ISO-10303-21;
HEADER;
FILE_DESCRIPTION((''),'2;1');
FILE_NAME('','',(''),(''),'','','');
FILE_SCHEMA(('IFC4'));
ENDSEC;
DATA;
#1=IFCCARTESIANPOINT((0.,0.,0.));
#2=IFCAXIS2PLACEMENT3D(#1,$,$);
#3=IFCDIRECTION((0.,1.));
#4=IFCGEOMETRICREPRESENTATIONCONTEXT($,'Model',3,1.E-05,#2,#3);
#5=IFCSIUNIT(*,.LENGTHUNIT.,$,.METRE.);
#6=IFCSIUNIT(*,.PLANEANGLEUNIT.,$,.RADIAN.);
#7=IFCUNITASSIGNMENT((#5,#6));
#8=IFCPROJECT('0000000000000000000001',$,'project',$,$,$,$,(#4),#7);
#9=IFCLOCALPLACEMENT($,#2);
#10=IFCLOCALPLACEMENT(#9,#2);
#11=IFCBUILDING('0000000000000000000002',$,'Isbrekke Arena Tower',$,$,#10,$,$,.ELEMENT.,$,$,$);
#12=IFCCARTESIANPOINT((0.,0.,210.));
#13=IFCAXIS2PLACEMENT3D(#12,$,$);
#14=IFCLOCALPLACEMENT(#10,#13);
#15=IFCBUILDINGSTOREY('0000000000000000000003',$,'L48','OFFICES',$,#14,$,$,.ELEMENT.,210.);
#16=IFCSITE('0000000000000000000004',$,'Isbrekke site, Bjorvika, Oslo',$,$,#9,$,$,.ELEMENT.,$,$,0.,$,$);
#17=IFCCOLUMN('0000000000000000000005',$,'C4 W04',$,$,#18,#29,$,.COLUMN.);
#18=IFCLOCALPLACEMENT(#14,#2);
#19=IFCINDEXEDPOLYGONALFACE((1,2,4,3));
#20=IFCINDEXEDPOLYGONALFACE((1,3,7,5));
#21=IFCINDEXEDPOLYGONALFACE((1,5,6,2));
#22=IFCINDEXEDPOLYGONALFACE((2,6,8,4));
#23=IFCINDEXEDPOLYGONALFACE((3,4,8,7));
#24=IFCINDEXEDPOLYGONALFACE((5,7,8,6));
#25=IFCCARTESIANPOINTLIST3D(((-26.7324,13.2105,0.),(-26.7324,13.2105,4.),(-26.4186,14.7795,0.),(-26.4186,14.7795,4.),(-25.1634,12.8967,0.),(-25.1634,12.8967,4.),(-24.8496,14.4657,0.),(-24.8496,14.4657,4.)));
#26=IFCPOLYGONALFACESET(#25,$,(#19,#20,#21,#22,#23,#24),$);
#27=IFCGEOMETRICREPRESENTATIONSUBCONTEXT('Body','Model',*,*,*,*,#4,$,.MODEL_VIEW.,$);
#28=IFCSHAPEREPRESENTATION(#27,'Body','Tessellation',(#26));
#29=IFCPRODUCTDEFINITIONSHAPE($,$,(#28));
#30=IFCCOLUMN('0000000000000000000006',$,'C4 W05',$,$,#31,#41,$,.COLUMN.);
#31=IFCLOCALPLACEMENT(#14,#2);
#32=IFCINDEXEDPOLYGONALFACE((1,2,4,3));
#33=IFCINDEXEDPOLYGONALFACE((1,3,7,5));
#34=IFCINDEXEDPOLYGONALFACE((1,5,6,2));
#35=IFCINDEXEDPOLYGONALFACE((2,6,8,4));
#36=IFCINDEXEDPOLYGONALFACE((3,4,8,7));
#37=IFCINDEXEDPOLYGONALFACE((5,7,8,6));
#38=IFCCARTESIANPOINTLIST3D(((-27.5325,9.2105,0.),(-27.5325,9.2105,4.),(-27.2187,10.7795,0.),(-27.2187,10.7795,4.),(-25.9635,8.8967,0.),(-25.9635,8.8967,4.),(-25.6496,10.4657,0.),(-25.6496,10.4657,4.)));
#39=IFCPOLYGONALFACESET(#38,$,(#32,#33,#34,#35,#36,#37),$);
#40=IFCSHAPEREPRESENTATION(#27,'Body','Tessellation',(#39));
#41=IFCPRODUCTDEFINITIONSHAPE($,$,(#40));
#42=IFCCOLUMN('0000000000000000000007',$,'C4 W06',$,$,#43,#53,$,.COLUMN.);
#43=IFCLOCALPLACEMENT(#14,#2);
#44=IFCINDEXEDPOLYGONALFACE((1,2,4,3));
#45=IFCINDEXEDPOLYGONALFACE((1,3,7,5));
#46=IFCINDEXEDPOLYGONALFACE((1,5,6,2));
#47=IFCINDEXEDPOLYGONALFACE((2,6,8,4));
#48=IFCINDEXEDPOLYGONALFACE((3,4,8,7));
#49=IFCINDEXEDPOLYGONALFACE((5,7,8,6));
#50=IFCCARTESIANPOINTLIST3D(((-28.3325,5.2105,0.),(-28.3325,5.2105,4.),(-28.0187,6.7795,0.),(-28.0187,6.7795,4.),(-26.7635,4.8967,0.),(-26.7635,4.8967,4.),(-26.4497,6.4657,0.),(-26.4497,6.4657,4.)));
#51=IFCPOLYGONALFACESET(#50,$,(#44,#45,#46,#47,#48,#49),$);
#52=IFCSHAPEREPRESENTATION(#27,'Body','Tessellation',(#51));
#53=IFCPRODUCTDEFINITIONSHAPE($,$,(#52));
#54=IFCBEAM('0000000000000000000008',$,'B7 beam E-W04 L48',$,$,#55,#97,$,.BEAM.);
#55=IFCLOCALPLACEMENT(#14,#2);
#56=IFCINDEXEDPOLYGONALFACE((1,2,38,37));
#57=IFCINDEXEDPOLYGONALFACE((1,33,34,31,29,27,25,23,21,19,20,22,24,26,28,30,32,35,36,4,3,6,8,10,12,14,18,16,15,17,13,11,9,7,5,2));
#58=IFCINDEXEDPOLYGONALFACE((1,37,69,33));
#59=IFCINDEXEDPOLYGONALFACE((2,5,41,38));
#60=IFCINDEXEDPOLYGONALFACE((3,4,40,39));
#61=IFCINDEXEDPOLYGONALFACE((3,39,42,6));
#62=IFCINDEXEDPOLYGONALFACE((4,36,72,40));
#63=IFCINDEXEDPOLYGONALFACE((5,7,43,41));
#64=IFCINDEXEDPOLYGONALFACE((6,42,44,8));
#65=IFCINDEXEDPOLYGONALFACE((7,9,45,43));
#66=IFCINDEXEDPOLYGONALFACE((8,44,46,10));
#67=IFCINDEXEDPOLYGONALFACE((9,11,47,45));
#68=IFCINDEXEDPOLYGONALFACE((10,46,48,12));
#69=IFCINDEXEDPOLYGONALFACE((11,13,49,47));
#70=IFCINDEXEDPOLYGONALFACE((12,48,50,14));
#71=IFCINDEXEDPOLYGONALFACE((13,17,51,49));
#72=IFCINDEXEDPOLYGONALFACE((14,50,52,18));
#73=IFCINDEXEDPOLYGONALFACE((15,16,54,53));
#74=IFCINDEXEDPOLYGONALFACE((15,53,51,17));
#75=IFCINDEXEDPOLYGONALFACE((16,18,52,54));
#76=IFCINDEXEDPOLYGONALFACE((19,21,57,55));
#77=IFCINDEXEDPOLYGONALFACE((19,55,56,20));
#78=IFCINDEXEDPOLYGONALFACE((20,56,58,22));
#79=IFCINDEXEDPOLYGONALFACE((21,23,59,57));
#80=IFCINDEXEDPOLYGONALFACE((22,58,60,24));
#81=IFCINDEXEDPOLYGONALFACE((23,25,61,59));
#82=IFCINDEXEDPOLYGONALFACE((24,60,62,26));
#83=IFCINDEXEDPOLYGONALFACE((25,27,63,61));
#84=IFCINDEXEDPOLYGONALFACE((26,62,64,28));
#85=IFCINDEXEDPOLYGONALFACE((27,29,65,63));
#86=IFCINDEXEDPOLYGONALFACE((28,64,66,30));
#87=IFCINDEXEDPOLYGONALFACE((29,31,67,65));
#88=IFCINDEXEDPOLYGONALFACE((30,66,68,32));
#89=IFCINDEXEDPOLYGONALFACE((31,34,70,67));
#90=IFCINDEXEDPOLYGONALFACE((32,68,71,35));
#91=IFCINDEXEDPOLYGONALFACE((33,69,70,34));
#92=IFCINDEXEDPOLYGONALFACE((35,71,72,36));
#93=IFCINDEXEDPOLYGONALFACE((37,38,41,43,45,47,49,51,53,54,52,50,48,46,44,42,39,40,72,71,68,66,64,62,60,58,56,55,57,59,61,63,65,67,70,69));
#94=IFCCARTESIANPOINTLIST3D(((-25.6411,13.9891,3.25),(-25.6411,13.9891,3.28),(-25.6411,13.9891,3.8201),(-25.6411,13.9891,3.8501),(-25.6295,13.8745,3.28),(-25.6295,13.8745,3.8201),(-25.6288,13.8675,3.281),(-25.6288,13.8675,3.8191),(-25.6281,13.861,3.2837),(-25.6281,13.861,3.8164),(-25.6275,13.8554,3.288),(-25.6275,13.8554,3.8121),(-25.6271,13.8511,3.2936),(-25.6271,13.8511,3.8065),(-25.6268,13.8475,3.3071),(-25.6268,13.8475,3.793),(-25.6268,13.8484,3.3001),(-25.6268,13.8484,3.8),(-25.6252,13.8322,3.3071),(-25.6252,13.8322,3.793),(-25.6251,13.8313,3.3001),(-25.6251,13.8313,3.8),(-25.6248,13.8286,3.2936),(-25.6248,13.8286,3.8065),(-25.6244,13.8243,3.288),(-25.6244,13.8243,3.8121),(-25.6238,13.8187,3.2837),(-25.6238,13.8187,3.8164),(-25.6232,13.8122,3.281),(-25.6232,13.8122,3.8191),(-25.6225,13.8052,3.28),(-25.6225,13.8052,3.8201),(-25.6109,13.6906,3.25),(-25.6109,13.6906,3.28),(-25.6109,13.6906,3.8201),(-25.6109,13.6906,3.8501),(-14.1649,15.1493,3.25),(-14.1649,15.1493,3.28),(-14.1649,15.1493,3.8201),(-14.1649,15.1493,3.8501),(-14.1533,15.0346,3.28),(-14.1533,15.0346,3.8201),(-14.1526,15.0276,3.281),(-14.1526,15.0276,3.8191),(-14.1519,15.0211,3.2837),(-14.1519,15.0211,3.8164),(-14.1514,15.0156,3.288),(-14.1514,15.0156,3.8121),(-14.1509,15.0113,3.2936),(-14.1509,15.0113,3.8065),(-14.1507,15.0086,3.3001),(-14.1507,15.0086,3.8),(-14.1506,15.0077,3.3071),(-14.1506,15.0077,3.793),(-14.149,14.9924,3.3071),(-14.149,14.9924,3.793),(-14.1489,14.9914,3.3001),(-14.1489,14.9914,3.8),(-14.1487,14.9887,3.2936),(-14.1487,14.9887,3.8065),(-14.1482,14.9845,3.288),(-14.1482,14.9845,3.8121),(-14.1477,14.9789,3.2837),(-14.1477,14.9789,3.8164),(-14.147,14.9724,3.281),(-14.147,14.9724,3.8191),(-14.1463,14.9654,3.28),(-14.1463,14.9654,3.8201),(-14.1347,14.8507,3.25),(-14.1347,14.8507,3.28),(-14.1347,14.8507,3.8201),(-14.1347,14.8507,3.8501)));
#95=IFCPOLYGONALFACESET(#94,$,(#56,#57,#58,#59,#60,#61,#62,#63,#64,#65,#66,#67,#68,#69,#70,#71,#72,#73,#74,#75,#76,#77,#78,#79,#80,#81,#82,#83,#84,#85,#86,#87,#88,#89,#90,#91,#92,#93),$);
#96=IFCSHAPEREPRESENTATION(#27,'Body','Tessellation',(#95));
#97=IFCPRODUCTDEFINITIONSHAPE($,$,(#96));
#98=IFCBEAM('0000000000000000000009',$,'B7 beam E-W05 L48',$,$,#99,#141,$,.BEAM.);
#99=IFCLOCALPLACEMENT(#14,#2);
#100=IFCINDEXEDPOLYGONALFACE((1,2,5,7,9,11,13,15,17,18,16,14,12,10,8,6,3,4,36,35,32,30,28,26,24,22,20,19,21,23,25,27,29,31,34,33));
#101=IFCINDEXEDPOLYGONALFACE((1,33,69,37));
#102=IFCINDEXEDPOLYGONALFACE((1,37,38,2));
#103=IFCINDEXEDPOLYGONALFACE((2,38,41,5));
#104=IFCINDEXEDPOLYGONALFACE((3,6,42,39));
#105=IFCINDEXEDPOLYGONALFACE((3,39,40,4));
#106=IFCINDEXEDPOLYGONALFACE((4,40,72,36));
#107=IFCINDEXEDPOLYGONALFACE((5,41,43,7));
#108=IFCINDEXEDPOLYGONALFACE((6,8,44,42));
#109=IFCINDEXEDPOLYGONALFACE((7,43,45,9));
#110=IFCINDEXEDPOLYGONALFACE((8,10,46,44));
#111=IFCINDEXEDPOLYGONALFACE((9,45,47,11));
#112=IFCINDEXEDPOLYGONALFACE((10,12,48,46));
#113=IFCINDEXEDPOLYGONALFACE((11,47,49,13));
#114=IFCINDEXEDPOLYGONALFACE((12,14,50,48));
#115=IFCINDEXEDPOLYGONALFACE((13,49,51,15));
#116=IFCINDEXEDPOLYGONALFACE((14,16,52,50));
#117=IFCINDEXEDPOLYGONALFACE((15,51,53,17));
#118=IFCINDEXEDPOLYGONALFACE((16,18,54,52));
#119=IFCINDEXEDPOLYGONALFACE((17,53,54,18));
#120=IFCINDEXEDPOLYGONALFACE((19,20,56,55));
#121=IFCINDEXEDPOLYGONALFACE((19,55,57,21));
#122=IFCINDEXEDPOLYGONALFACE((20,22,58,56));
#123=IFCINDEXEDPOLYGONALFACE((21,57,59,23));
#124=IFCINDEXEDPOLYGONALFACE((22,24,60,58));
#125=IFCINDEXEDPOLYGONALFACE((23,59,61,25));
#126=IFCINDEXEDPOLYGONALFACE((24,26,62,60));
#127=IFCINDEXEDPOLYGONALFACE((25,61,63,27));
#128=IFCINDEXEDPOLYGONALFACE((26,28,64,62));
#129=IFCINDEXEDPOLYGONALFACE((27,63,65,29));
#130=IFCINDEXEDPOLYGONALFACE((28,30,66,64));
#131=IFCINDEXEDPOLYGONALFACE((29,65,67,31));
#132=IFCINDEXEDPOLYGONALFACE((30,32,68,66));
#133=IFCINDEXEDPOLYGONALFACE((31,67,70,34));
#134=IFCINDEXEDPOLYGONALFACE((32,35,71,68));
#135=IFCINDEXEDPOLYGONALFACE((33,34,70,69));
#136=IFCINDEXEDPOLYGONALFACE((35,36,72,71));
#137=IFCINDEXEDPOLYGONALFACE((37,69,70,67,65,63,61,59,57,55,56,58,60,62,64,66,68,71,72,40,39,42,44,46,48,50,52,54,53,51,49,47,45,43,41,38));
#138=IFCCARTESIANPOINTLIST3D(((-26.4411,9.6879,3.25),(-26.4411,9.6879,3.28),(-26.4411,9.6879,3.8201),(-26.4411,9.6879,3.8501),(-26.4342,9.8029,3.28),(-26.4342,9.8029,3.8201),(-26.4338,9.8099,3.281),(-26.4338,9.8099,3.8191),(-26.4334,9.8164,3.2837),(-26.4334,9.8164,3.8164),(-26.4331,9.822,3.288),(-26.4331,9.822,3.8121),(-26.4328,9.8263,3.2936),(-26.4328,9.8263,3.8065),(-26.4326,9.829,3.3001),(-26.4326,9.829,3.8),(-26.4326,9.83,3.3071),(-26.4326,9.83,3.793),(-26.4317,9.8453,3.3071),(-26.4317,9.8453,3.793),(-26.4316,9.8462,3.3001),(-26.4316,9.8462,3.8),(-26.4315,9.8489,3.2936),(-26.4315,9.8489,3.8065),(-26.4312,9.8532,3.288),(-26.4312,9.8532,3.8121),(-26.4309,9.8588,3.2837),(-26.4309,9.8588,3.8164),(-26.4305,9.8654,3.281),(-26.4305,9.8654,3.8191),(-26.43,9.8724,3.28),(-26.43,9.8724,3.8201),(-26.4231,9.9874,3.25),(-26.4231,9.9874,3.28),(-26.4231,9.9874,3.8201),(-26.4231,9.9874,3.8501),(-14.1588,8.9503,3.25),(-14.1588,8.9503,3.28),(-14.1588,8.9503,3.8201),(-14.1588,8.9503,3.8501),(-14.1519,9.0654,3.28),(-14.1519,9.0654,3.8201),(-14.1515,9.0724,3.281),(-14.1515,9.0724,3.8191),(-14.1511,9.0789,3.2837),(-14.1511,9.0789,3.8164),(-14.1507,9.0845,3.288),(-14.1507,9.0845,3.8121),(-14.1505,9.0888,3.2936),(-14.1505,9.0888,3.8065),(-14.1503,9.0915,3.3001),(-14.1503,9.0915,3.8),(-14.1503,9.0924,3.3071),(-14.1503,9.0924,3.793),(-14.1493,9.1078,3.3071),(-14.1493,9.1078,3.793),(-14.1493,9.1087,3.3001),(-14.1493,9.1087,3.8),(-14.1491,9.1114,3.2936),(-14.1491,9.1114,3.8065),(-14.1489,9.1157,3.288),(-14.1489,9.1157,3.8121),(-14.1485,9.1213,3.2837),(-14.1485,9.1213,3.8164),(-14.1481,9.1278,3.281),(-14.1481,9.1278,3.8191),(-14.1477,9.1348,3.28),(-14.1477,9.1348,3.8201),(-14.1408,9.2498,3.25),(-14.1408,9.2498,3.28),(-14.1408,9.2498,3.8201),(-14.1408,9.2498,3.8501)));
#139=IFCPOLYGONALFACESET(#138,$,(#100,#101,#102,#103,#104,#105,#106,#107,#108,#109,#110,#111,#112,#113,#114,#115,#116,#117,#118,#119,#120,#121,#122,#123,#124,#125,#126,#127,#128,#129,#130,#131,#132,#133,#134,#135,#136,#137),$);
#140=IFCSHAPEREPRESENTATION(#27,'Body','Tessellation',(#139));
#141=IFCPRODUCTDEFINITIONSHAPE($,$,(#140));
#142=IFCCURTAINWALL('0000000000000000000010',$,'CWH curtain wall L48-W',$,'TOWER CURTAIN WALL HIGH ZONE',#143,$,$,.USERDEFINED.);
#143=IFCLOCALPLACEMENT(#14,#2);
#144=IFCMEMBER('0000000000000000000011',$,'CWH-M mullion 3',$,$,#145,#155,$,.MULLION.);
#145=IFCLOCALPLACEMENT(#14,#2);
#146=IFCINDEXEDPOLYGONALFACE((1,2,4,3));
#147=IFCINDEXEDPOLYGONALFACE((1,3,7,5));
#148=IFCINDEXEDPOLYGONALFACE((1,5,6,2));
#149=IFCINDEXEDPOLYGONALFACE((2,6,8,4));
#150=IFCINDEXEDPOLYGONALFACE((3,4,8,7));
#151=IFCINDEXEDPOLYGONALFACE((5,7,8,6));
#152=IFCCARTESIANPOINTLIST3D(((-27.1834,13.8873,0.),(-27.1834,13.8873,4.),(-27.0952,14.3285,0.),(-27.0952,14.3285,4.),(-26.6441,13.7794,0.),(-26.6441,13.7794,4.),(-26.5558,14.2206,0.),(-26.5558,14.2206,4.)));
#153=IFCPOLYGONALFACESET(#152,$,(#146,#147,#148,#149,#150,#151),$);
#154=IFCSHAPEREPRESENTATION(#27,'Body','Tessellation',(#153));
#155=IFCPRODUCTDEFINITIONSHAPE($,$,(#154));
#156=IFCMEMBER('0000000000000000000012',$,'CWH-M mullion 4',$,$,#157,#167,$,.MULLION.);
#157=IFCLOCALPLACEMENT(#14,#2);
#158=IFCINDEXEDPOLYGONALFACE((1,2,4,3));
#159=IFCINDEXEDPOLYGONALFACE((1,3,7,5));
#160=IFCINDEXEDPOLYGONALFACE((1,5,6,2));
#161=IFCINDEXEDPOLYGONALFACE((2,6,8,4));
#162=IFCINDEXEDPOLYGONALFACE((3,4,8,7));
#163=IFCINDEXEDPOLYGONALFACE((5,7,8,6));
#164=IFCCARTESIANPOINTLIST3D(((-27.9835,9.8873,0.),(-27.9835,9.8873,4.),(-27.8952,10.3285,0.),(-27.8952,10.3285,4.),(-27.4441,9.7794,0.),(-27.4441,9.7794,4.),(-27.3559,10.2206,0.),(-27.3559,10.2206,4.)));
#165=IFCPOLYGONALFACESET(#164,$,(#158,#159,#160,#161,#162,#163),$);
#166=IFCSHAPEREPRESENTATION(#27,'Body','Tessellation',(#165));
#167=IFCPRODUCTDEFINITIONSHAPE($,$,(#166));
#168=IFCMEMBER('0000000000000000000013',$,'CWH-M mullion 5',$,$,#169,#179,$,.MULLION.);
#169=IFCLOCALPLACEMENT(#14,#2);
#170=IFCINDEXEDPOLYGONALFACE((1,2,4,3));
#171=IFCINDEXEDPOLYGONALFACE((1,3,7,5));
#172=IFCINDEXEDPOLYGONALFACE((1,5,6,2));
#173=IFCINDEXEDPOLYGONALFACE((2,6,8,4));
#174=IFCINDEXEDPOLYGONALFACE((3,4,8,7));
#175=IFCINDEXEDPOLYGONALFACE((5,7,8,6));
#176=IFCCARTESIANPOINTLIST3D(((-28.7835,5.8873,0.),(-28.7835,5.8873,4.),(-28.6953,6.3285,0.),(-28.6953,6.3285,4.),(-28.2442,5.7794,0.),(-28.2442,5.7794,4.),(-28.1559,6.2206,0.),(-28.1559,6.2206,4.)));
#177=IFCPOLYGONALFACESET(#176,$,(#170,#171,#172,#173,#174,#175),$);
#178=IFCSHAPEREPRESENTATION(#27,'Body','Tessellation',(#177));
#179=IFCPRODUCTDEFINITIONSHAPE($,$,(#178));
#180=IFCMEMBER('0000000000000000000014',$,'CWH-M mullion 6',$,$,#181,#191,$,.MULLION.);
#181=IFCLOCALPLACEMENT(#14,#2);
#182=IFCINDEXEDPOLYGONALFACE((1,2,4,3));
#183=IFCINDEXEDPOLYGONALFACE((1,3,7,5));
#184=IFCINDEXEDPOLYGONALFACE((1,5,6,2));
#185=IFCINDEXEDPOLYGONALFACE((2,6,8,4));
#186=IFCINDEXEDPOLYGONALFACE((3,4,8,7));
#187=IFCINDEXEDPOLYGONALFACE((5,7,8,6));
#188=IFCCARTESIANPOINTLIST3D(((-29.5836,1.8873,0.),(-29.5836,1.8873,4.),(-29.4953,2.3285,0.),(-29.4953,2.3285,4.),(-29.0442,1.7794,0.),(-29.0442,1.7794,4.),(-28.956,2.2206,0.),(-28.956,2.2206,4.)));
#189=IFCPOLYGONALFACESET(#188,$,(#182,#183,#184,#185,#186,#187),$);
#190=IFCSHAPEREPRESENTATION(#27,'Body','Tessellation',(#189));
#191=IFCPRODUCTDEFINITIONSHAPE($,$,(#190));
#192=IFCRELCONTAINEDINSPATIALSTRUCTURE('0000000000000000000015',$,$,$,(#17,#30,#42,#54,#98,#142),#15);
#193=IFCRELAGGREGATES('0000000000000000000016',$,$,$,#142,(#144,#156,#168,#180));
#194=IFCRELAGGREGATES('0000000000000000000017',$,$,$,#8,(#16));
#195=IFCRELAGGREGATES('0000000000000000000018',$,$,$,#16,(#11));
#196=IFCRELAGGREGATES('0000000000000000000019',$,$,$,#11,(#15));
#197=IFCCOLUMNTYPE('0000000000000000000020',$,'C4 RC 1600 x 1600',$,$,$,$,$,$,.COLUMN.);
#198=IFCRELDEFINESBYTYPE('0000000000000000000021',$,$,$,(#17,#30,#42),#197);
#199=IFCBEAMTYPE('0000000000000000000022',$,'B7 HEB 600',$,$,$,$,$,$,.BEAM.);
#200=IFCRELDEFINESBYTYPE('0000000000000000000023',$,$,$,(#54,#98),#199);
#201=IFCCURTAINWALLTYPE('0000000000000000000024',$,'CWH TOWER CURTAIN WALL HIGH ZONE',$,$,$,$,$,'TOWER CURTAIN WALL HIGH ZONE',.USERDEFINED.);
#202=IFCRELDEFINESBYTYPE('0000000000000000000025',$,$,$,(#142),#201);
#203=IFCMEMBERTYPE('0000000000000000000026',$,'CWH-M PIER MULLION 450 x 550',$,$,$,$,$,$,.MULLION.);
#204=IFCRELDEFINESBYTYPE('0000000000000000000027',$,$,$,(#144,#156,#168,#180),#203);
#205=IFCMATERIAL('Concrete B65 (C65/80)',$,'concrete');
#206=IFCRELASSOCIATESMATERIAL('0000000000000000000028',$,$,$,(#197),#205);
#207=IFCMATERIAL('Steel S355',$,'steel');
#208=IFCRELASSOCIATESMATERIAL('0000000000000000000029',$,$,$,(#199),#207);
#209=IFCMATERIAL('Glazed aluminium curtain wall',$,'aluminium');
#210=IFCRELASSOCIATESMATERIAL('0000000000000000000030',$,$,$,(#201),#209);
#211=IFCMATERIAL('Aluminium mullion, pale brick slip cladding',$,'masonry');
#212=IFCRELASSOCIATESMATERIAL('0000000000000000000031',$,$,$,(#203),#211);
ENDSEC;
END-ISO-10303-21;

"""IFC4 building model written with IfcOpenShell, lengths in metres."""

from ifc_helpers import new_model, si_unit, direction, frame, origin, origin_2d, place, context, subcontext, project, spatial, rectangle, i_section, extrude, material, material_profile, profile_set, type_object, element, aggregate, save


model = new_model("IFC4")

# Units and contexts
model_context = context("Model", 3, precision=1e-05, world=origin(), true_north=direction((0.0, 1.0)))
body_context = subcontext(model_context, "Body", "Model", "MODEL_VIEW")
ifc_project = project(units=[si_unit("LENGTHUNIT", "METRE"), si_unit("PLANEANGLEUNIT", "RADIAN")], contexts=[model_context])

# Site, building, storey
site_placement = place(None, origin())
site = spatial("IfcSite", under=ifc_project, at=site_placement, Name="Isbrekke site, Bjorvika, Oslo", CompositionType="ELEMENT", RefElevation=0.0)
building_placement = place(site_placement, origin())
building = spatial("IfcBuilding", under=site, at=building_placement, Name="Isbrekke Arena Tower", CompositionType="ELEMENT")
storey_placement = place(building_placement, frame((0.0, 0.0, 210.0)))
storey = spatial("IfcBuildingStorey", under=building, at=storey_placement, Name="L48", Description="OFFICES", CompositionType="ELEMENT", Elevation=210.0)

# Columns
ifc_material_1 = material(Name="Concrete B65 (C65/80)", Category="concrete")
ifc_material_profile_1 = material_profile(ifc_material_1, rectangle(XDim=1.6001, YDim=1.6001, at=origin_2d()), Name="RC 1600x1600")
ifc_profile_set_1 = profile_set([ifc_material_profile_1], Name="Concrete B65 (C65/80)")
column_type = type_object("IfcColumnType", Name="C4 RC 1600 x 1600", PredefinedType="COLUMN", material=ifc_profile_set_1)
for number, where, z_axis, x_axis, name in (
    (1, (-25.791, 13.8381, 0.0), (0.0, 0.0, 1.0), (-0.196116, -0.980581, 0.0), "C4 W04"),
    (2, (-26.5911, 9.8381, 0.0), (0.0, 0.0, 1.0), (-0.196116, -0.980581, 0.0), "C4 W05"),
    (3, (-27.3911, 5.8381, 0.0), (0.0, 0.0, 1.0), (-0.196116, -0.980581, 0.0), "C4 W06"),
):
    element("IfcColumn", number, at=place(storey_placement, frame(where, z_axis=z_axis, x_axis=x_axis)), inside=storey, type_object=column_type, Name=name, PredefinedType="COLUMN", context=body_context, shape_type="SweptSolid", body=[
        extrude(rectangle(XDim=1.6001, YDim=1.6001, at=origin_2d()), origin(), (0.0, 0.0, 1.0), 4.0),
    ])

# Beams
ifc_material_2 = material(Name="Steel S355", Category="steel")
ifc_material_profile_2 = material_profile(ifc_material_2, i_section(OverallWidth=0.3, OverallDepth=0.6001, WebThickness=0.0154, FlangeThickness=0.03, FilletRadius=0.0271, at=origin_2d()), Name="HEB 600")
ifc_profile_set_2 = profile_set([ifc_material_profile_2], Name="Steel S355")
beam_type_1 = type_object("IfcBeamType", Name="B7 HEB 600", PredefinedType="BEAM", material=ifc_profile_set_2)
beam_1_placement = place(storey_placement, frame((-25.626, 13.8398, 3.55), z_axis=(0.994929, 0.100581, 0.0), x_axis=(-0.100581, 0.994929, 0.0)))
element("IfcBeam", 4, at=beam_1_placement, inside=storey, type_object=beam_type_1, Name="B7 beam E-W04 L48", PredefinedType="BEAM", context=body_context, shape_type="SweptSolid", body=[
    extrude(i_section(OverallWidth=0.3, OverallDepth=0.6001, WebThickness=0.0154, FlangeThickness=0.03, FilletRadius=0.0271, at=origin_2d()), origin(), (0.0, 0.0, 1.0), 11.5347),
])
beam_2_placement = place(storey_placement, frame((-26.4321, 9.8376, 3.55), z_axis=(0.998202, -0.059942, 0.0), x_axis=(0.059942, 0.998202, 0.0)))
element("IfcBeam", 5, at=beam_2_placement, inside=storey, type_object=beam_type_1, Name="B7 beam E-W05 L48", PredefinedType="BEAM", context=body_context, shape_type="SweptSolid", body=[
    extrude(i_section(OverallWidth=0.3, OverallDepth=0.6001, WebThickness=0.0154, FlangeThickness=0.03, FilletRadius=0.0271, at=origin_2d()), origin(), (0.0, 0.0, 1.0), 12.3044),
])

# Curtain wall, members
ifc_material_3 = material(Name="Glazed aluminium curtain wall", Category="aluminium")
curtain_wall_type = type_object("IfcCurtainWallType", Name="CWH TOWER CURTAIN WALL HIGH ZONE", ElementType="TOWER CURTAIN WALL HIGH ZONE", PredefinedType="USERDEFINED", material=ifc_material_3)
curtain_wall_placement = place(storey_placement, origin())
curtain_wall = element("IfcCurtainWall", 6, at=curtain_wall_placement, inside=storey, type_object=curtain_wall_type, Name="CWH curtain wall L48-W", ObjectType="TOWER CURTAIN WALL HIGH ZONE", PredefinedType="USERDEFINED")
ifc_material_4 = material(Name="Aluminium mullion, pale brick slip cladding", Category="masonry")
ifc_material_profile_3 = material_profile(ifc_material_4, rectangle(XDim=0.45, YDim=0.55, at=origin_2d()), Name="PIER 450X550")
ifc_profile_set_3 = profile_set([ifc_material_profile_3], Name="Aluminium mullion, pale brick slip cladding")
member_type_1 = type_object("IfcMemberType", Name="CWH-M PIER MULLION 450 x 550", PredefinedType="MULLION", material=ifc_profile_set_3)
member_1_placement = place(storey_placement, frame((-26.8696, 14.054, 0.0), z_axis=(0.0, 0.0, 1.0), x_axis=(-0.196116, -0.980581, 0.0)))
member_1 = element("IfcMember", 7, at=member_1_placement, type_object=member_type_1, Name="CWH-M mullion 3", PredefinedType="MULLION", context=body_context, shape_type="SweptSolid", body=[
    extrude(rectangle(XDim=0.45, YDim=0.55, at=origin_2d()), origin(), (0.0, 0.0, 1.0), 4.0),
])
member_2_placement = place(storey_placement, frame((-27.6697, 10.054, 0.0), z_axis=(0.0, 0.0, 1.0), x_axis=(-0.196116, -0.980581, 0.0)))
member_2 = element("IfcMember", 8, at=member_2_placement, type_object=member_type_1, Name="CWH-M mullion 4", PredefinedType="MULLION", context=body_context, shape_type="SweptSolid", body=[
    extrude(rectangle(XDim=0.45, YDim=0.55, at=origin_2d()), origin(), (0.0, 0.0, 1.0), 4.0),
])
member_3_placement = place(storey_placement, frame((-28.4697, 6.054, 0.0), z_axis=(0.0, 0.0, 1.0), x_axis=(-0.196116, -0.980581, 0.0)))
member_3 = element("IfcMember", 9, at=member_3_placement, type_object=member_type_1, Name="CWH-M mullion 5", PredefinedType="MULLION", context=body_context, shape_type="SweptSolid", body=[
    extrude(rectangle(XDim=0.45, YDim=0.55, at=origin_2d()), origin(), (0.0, 0.0, 1.0), 4.0),
])
member_4_placement = place(storey_placement, frame((-29.2698, 2.054, 0.0), z_axis=(0.0, 0.0, 1.0), x_axis=(-0.196116, -0.980581, 0.0)))
member_4 = element("IfcMember", 10, at=member_4_placement, type_object=member_type_1, Name="CWH-M mullion 6", PredefinedType="MULLION", context=body_context, shape_type="SweptSolid", body=[
    extrude(rectangle(XDim=0.45, YDim=0.55, at=origin_2d()), origin(), (0.0, 0.0, 1.0), 4.0),
])

aggregate(curtain_wall, [member_1, member_2, member_3, member_4])

save(model, "model.ifc")
